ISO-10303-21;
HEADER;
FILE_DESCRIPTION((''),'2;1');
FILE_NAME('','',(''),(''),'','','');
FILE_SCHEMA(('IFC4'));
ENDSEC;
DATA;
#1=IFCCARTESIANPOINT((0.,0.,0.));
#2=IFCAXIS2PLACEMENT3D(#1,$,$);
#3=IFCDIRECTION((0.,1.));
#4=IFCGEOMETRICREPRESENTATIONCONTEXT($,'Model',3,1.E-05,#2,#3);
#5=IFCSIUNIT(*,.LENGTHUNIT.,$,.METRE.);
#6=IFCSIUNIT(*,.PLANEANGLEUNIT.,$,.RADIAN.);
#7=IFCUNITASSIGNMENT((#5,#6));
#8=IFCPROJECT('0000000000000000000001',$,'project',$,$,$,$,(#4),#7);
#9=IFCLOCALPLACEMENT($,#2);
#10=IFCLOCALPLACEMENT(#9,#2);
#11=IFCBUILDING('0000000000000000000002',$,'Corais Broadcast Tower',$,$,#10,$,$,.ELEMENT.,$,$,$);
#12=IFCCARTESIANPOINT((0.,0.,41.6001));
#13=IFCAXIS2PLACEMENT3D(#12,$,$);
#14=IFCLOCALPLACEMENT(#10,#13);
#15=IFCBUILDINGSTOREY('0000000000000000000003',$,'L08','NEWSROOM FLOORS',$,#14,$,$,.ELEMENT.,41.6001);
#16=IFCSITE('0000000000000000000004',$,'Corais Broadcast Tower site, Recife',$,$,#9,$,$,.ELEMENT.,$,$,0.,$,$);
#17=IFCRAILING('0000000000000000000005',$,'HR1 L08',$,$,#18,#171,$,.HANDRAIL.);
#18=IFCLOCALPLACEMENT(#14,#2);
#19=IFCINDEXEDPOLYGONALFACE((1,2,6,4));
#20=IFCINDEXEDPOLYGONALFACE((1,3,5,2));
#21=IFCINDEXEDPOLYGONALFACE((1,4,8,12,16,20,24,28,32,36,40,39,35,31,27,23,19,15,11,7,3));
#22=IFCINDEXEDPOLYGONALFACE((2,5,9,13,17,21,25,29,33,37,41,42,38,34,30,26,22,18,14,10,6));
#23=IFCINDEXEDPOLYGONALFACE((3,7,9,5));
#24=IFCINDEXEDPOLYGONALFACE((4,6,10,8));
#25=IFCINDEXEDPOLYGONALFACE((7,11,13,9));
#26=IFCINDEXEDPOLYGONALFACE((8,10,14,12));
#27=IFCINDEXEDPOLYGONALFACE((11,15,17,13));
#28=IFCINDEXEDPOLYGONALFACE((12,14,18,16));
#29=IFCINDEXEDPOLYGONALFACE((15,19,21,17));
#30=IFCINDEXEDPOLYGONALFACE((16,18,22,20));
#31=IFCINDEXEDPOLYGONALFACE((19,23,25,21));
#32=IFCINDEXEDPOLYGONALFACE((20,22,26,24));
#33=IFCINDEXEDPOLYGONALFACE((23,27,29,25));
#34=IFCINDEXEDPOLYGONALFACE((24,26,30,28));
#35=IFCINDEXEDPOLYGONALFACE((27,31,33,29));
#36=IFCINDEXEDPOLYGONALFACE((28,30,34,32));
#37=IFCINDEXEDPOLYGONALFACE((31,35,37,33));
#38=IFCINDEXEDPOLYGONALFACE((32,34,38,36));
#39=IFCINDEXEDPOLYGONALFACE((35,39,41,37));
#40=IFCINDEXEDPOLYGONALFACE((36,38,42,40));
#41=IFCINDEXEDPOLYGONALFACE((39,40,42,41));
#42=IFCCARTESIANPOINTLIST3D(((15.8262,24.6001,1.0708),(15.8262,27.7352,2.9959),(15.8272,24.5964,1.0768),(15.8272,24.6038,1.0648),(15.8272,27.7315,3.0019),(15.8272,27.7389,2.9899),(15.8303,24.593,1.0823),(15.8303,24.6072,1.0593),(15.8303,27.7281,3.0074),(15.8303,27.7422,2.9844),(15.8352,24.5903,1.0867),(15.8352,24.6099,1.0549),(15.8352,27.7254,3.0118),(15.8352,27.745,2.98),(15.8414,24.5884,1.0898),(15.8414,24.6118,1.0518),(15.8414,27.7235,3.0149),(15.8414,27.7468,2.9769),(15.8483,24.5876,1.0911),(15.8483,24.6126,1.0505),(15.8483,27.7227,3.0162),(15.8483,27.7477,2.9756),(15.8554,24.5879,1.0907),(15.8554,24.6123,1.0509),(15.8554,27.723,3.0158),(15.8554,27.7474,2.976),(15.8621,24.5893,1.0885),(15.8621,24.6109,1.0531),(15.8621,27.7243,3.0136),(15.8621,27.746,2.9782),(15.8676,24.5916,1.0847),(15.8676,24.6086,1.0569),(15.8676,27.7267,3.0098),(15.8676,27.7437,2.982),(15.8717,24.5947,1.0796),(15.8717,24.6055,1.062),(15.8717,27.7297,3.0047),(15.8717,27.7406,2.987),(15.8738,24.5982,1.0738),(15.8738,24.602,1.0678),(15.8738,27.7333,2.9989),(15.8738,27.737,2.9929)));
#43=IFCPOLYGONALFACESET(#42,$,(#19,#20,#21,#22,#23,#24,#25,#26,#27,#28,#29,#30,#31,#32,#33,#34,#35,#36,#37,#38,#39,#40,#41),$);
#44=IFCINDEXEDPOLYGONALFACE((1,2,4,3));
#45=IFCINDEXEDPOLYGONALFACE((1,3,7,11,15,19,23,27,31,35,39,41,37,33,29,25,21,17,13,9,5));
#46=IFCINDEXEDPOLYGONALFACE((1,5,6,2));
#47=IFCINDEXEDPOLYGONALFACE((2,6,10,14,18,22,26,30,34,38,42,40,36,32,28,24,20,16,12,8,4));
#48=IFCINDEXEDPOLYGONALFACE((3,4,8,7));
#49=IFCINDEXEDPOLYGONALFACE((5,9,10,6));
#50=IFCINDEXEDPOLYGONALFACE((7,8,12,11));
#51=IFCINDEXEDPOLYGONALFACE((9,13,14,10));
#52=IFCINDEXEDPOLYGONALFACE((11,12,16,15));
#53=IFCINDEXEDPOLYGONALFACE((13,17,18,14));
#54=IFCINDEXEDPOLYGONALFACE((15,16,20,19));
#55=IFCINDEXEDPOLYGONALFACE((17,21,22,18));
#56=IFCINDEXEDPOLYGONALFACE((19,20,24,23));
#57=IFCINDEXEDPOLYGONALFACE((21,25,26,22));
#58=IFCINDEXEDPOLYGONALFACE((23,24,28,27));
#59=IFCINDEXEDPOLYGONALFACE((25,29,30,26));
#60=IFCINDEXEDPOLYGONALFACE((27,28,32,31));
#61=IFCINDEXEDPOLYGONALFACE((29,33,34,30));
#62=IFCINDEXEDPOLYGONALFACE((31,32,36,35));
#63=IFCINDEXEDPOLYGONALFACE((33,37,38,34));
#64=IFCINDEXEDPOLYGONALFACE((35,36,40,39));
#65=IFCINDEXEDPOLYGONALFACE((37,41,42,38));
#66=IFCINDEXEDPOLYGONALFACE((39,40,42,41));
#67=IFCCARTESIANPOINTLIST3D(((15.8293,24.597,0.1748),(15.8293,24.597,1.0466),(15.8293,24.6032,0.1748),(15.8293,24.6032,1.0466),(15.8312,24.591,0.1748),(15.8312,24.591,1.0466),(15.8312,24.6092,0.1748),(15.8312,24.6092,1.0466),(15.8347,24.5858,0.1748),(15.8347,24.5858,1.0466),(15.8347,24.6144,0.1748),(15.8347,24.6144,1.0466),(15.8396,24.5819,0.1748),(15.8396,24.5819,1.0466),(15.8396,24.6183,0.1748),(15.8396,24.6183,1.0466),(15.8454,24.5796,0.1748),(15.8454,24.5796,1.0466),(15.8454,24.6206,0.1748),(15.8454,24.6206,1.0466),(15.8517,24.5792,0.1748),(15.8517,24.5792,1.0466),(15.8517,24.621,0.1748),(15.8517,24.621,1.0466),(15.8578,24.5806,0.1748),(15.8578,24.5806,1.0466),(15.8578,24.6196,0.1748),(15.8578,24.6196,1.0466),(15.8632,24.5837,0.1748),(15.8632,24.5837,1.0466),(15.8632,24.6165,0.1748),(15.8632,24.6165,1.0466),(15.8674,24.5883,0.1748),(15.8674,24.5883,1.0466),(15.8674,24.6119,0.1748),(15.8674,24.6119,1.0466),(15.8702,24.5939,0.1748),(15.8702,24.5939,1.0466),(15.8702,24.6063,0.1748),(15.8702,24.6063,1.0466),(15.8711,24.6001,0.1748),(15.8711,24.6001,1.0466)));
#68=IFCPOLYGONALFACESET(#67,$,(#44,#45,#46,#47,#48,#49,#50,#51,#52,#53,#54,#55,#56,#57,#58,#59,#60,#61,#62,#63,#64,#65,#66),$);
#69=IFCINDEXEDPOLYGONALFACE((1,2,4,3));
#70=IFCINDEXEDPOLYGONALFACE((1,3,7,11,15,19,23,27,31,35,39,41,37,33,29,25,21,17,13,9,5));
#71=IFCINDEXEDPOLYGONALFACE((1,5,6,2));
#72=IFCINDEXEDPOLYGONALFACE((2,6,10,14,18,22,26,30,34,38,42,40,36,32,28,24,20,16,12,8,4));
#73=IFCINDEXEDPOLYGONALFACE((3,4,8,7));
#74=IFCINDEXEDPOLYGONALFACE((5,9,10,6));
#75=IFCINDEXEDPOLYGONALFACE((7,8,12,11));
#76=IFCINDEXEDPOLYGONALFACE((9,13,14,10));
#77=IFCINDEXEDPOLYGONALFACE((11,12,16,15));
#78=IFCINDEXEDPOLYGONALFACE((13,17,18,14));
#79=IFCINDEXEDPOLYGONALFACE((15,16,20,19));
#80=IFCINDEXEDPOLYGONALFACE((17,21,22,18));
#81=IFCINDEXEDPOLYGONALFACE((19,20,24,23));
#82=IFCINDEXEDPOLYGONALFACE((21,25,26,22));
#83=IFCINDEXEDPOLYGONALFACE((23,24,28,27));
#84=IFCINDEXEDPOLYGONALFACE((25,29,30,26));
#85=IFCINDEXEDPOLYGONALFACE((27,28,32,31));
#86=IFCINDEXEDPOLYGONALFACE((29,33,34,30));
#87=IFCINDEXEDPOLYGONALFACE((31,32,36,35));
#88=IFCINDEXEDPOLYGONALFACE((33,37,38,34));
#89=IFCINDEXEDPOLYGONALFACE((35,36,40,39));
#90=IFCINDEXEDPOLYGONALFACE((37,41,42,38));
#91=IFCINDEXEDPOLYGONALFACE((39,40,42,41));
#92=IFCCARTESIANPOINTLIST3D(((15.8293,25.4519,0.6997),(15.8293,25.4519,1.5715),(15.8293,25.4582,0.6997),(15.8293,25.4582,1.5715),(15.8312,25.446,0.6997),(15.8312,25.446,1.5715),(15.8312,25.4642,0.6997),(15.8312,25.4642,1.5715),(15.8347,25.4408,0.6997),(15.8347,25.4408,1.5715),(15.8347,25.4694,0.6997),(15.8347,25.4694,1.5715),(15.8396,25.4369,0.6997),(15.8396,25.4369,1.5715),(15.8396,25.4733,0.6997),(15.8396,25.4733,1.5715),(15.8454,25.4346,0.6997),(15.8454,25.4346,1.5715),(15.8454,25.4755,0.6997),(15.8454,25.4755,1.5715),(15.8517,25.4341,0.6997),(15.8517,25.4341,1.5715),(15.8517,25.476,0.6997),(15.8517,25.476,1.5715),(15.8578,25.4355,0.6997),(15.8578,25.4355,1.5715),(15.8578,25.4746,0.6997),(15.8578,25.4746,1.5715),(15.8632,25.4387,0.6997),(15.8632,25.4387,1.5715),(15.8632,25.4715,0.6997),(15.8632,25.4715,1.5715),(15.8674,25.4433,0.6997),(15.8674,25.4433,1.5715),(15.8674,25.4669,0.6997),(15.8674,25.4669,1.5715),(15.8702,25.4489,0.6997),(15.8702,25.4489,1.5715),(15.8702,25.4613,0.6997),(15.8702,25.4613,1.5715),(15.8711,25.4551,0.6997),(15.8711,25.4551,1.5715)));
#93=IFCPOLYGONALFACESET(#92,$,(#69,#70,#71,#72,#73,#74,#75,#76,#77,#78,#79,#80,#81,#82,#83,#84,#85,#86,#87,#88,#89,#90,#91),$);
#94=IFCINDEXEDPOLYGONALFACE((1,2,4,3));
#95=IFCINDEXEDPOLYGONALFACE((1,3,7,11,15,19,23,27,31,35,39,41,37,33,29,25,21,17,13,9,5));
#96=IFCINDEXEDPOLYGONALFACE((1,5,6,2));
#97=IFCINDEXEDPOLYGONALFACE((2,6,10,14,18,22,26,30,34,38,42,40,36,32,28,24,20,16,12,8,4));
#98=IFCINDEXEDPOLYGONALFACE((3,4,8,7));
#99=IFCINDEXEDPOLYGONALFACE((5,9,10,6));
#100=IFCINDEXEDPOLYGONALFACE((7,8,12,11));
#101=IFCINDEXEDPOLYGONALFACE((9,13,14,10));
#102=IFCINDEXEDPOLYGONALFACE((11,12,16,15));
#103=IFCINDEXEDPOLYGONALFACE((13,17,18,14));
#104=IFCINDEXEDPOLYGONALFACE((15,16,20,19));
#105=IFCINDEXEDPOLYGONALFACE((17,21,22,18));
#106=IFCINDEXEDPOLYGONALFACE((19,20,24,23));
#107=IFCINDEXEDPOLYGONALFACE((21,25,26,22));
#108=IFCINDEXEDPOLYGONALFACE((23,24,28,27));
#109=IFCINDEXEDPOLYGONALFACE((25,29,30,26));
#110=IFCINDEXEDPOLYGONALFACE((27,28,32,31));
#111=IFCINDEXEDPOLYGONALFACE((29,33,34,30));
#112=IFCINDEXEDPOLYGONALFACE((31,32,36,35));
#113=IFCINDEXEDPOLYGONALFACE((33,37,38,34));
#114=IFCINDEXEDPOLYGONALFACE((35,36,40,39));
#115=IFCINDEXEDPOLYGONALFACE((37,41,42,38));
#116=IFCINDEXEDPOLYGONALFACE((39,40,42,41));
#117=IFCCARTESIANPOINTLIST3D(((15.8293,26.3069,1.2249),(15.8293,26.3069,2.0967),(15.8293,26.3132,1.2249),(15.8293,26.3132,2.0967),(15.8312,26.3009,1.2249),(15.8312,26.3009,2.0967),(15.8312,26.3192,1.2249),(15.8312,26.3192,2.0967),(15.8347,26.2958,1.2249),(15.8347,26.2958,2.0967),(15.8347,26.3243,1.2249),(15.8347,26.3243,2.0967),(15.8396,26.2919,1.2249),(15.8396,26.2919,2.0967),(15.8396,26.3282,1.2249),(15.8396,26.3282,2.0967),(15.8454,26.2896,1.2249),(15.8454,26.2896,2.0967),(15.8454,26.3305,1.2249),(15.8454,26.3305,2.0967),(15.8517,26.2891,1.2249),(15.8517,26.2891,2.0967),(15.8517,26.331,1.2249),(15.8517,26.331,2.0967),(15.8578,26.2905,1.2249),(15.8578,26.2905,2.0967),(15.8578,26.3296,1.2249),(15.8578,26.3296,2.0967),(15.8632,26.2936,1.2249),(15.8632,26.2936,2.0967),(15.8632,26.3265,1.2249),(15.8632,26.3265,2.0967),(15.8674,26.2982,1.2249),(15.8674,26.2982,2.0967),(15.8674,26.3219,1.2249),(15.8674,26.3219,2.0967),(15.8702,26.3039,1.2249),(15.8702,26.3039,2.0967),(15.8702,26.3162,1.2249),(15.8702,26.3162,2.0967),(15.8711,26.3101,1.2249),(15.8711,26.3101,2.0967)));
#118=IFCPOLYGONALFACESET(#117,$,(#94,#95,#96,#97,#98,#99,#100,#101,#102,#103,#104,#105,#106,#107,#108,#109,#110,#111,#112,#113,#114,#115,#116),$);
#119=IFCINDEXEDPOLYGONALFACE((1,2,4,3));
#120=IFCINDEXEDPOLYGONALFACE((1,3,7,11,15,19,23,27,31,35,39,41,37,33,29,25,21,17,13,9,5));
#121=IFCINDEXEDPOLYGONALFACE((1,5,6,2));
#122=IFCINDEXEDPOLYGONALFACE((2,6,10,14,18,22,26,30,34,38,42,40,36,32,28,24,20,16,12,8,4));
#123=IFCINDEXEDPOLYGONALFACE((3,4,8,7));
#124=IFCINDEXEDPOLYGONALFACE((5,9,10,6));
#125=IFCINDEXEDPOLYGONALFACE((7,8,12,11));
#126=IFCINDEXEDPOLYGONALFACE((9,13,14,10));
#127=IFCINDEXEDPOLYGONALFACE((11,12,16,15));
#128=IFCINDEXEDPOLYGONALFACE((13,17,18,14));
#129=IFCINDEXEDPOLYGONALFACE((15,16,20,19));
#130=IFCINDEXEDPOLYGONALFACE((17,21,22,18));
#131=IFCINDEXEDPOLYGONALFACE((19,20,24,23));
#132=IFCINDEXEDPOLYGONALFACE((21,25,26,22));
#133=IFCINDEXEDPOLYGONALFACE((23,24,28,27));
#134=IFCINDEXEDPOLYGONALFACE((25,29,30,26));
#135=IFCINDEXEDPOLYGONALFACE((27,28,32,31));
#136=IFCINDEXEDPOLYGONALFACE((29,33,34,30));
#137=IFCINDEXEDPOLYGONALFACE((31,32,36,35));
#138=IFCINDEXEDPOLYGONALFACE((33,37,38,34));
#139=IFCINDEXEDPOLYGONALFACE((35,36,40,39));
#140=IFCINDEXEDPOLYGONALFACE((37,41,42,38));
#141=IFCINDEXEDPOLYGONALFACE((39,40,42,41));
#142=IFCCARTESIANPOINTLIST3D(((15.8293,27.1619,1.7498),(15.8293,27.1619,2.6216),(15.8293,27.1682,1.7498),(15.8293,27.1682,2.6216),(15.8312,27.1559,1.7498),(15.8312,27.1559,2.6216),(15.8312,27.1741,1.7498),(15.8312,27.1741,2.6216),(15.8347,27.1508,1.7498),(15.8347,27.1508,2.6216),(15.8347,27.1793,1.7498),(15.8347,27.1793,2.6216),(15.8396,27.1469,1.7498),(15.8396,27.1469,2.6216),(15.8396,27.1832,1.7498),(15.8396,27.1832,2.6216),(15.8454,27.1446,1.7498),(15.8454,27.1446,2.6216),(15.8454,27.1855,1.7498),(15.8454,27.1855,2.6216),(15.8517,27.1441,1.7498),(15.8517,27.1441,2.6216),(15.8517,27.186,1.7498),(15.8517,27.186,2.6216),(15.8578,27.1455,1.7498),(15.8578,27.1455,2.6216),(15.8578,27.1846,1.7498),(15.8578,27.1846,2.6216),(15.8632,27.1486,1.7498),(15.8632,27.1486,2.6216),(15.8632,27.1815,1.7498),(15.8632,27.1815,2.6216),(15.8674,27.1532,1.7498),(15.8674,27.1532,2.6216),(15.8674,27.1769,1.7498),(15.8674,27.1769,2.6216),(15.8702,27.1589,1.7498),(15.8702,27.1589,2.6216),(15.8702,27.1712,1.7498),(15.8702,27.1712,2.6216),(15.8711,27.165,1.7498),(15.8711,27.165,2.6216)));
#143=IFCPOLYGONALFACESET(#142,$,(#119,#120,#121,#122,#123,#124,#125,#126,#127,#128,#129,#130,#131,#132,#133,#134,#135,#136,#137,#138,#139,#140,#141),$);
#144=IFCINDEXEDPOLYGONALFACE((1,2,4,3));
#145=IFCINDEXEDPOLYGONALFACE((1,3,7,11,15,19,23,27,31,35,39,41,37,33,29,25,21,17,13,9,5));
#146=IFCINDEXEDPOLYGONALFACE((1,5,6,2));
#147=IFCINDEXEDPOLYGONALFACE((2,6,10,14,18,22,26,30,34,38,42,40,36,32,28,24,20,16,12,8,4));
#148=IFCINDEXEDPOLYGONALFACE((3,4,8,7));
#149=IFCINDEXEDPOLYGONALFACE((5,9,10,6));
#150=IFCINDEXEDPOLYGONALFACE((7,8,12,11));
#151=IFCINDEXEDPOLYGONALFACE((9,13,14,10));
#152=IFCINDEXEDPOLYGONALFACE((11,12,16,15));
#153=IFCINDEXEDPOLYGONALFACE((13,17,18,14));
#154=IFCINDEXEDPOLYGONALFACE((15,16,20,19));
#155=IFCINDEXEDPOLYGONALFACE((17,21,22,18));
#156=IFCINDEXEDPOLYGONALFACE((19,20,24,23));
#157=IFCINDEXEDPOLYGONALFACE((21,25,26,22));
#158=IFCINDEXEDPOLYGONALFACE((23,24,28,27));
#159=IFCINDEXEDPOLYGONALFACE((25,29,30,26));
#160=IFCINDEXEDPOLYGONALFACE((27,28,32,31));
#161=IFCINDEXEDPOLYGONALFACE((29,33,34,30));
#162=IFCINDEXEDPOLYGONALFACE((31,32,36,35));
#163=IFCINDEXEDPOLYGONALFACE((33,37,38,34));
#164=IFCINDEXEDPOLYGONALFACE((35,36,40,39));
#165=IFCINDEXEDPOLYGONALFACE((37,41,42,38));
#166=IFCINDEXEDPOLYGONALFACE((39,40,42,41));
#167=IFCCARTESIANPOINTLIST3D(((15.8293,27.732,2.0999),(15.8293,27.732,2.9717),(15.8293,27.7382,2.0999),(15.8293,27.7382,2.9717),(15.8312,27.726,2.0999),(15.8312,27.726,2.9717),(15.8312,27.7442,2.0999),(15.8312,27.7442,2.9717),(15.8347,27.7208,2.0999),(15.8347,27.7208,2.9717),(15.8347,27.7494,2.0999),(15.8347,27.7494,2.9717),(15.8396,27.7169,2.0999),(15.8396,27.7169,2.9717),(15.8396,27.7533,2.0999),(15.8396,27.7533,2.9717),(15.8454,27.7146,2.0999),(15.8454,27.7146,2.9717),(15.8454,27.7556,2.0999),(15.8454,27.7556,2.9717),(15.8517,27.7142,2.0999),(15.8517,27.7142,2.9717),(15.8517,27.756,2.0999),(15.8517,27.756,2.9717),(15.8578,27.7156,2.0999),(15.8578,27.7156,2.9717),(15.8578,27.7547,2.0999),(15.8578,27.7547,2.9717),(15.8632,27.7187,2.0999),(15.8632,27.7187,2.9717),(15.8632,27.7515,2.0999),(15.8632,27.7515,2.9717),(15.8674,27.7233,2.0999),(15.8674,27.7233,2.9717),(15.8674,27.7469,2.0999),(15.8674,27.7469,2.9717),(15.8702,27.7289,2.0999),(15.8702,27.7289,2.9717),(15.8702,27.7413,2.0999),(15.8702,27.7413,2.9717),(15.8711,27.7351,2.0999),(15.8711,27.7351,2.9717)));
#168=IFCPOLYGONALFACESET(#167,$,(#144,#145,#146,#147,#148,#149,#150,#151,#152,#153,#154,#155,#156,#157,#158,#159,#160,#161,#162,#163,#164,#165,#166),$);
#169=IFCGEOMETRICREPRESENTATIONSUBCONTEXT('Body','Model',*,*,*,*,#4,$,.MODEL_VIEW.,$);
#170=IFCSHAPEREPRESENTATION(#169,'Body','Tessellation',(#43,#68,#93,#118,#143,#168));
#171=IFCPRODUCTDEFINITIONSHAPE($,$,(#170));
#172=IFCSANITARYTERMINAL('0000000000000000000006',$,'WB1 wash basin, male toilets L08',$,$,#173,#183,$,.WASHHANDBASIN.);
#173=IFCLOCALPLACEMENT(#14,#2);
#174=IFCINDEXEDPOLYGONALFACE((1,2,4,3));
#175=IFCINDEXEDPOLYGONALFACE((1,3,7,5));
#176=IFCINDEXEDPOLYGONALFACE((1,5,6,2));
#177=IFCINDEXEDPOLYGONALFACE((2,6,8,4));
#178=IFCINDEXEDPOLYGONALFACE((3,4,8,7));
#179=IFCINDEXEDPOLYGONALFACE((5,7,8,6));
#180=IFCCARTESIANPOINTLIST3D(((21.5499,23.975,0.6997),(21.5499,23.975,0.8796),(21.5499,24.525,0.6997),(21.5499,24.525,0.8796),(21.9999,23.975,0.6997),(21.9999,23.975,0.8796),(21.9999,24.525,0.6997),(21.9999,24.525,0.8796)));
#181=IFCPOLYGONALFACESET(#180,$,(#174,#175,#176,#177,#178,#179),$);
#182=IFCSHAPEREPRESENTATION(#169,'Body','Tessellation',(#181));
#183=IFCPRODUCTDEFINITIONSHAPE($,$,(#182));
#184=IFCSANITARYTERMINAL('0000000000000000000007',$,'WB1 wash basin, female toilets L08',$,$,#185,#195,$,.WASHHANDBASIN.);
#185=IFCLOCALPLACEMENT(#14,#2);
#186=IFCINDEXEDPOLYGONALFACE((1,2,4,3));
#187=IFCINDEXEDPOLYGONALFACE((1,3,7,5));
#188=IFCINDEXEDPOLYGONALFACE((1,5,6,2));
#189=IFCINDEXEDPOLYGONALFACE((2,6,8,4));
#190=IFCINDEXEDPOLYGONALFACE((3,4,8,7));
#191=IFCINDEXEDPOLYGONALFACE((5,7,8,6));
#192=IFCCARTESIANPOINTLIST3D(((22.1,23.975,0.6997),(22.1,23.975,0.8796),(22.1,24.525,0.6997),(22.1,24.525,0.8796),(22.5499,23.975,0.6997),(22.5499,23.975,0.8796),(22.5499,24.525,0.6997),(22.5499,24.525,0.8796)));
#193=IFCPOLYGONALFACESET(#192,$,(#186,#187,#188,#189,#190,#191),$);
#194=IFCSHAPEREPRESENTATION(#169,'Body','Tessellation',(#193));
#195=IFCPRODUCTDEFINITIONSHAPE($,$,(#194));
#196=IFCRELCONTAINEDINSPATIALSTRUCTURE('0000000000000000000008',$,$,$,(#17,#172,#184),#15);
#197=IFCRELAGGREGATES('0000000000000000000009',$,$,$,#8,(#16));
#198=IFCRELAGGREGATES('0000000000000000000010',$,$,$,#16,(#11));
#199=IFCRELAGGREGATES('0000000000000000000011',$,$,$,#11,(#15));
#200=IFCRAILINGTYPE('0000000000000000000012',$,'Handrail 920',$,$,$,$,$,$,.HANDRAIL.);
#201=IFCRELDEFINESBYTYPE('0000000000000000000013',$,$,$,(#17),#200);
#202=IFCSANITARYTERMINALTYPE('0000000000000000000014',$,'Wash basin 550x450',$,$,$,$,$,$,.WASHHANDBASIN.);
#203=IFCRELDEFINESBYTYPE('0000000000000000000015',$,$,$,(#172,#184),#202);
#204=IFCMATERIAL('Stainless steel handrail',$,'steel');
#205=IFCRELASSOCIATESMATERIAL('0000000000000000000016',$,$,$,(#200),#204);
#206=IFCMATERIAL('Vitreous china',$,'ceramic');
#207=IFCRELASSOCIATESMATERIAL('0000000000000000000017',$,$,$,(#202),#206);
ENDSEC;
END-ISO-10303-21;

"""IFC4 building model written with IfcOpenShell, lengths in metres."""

from ifc_helpers import new_model, si_unit, direction, frame, origin, origin_2d, place, context, subcontext, project, spatial, rectangle, circle, extrude, material, type_object, element, save


model = new_model("IFC4")

# Units and contexts
model_context = context("Model", 3, precision=1e-05, world=origin(), true_north=direction((0.0, 1.0)))
body_context = subcontext(model_context, "Body", "Model", "MODEL_VIEW")
ifc_project = project(units=[si_unit("LENGTHUNIT", "METRE"), si_unit("PLANEANGLEUNIT", "RADIAN")], contexts=[model_context])

# Site, building, storey
site_placement = place(None, origin())
site = spatial("IfcSite", under=ifc_project, at=site_placement, Name="Corais Broadcast Tower site, Recife", CompositionType="ELEMENT", RefElevation=0.0)
building_placement = place(site_placement, origin())
building = spatial("IfcBuilding", under=site, at=building_placement, Name="Corais Broadcast Tower", CompositionType="ELEMENT")
storey_placement = place(building_placement, frame((0.0, 0.0, 41.6001)))
storey = spatial("IfcBuildingStorey", under=building, at=storey_placement, Name="L08", Description="NEWSROOM FLOORS", CompositionType="ELEMENT", Elevation=41.6001)

# Railing
ifc_material_1 = material(Name="Stainless steel handrail", Category="steel")
railing_type = type_object("IfcRailingType", Name="Handrail 920", PredefinedType="HANDRAIL", material=ifc_material_1)
for number, where, name in (
    (1, (15.8501, 24.6001, 0.1748), "HR1 L08"),
):
    element("IfcRailing", number, at=place(storey_placement, frame(where)), inside=storey, type_object=railing_type, Name=name, PredefinedType="HANDRAIL", context=body_context, shape_type="SweptSolid", body=[
        extrude(circle(Radius=0.0239, at=origin_2d()), frame((0.0, 0.0, 0.896), z_axis=(0.0, 0.852166, 0.523271), x_axis=(-1.0, 0.0, 0.0)), (0.0, 0.0, 1.0), 3.679),
        extrude(circle(Radius=0.021, at=origin_2d()), origin(), (0.0, 0.0, 1.0), 0.8718),
        extrude(circle(Radius=0.021, at=origin_2d()), frame((0.0, 0.855, 0.5249)), (0.0, 0.0, 1.0), 0.8718),
        extrude(circle(Radius=0.021, at=origin_2d()), frame((0.0, 1.71, 1.05)), (0.0, 0.0, 1.0), 0.8718),
        extrude(circle(Radius=0.021, at=origin_2d()), frame((0.0, 2.5649, 1.575)), (0.0, 0.0, 1.0), 0.8718),
        extrude(circle(Radius=0.021, at=origin_2d()), frame((0.0, 3.135, 1.925)), (0.0, 0.0, 1.0), 0.8718),
    ])

# Sanitary terminals
ifc_material_2 = material(Name="Vitreous china", Category="ceramic")
sanitary_terminal_type = type_object("IfcSanitaryTerminalType", Name="Wash basin 550x450", PredefinedType="WASHHANDBASIN", material=ifc_material_2)
for number, where, z_axis, x_axis, name in (
    (2, (21.7749, 24.25, 0.6997), (0.0, 0.0, 1.0), (1.0, 0.0, 0.0), "WB1 wash basin, male toilets L08"),
    (3, (22.325, 24.25, 0.6997), (0.0, 0.0, 1.0), (1.0, 0.0, 0.0), "WB1 wash basin, female toilets L08"),
):
    element("IfcSanitaryTerminal", number, at=place(storey_placement, frame(where, z_axis=z_axis, x_axis=x_axis)), inside=storey, type_object=sanitary_terminal_type, Name=name, PredefinedType="WASHHANDBASIN", context=body_context, shape_type="SweptSolid", body=[
        extrude(rectangle(XDim=0.45, YDim=0.55, at=origin_2d()), origin(), (0.0, 0.0, 1.0), 0.1799),
    ])

save(model, "model.ifc")
